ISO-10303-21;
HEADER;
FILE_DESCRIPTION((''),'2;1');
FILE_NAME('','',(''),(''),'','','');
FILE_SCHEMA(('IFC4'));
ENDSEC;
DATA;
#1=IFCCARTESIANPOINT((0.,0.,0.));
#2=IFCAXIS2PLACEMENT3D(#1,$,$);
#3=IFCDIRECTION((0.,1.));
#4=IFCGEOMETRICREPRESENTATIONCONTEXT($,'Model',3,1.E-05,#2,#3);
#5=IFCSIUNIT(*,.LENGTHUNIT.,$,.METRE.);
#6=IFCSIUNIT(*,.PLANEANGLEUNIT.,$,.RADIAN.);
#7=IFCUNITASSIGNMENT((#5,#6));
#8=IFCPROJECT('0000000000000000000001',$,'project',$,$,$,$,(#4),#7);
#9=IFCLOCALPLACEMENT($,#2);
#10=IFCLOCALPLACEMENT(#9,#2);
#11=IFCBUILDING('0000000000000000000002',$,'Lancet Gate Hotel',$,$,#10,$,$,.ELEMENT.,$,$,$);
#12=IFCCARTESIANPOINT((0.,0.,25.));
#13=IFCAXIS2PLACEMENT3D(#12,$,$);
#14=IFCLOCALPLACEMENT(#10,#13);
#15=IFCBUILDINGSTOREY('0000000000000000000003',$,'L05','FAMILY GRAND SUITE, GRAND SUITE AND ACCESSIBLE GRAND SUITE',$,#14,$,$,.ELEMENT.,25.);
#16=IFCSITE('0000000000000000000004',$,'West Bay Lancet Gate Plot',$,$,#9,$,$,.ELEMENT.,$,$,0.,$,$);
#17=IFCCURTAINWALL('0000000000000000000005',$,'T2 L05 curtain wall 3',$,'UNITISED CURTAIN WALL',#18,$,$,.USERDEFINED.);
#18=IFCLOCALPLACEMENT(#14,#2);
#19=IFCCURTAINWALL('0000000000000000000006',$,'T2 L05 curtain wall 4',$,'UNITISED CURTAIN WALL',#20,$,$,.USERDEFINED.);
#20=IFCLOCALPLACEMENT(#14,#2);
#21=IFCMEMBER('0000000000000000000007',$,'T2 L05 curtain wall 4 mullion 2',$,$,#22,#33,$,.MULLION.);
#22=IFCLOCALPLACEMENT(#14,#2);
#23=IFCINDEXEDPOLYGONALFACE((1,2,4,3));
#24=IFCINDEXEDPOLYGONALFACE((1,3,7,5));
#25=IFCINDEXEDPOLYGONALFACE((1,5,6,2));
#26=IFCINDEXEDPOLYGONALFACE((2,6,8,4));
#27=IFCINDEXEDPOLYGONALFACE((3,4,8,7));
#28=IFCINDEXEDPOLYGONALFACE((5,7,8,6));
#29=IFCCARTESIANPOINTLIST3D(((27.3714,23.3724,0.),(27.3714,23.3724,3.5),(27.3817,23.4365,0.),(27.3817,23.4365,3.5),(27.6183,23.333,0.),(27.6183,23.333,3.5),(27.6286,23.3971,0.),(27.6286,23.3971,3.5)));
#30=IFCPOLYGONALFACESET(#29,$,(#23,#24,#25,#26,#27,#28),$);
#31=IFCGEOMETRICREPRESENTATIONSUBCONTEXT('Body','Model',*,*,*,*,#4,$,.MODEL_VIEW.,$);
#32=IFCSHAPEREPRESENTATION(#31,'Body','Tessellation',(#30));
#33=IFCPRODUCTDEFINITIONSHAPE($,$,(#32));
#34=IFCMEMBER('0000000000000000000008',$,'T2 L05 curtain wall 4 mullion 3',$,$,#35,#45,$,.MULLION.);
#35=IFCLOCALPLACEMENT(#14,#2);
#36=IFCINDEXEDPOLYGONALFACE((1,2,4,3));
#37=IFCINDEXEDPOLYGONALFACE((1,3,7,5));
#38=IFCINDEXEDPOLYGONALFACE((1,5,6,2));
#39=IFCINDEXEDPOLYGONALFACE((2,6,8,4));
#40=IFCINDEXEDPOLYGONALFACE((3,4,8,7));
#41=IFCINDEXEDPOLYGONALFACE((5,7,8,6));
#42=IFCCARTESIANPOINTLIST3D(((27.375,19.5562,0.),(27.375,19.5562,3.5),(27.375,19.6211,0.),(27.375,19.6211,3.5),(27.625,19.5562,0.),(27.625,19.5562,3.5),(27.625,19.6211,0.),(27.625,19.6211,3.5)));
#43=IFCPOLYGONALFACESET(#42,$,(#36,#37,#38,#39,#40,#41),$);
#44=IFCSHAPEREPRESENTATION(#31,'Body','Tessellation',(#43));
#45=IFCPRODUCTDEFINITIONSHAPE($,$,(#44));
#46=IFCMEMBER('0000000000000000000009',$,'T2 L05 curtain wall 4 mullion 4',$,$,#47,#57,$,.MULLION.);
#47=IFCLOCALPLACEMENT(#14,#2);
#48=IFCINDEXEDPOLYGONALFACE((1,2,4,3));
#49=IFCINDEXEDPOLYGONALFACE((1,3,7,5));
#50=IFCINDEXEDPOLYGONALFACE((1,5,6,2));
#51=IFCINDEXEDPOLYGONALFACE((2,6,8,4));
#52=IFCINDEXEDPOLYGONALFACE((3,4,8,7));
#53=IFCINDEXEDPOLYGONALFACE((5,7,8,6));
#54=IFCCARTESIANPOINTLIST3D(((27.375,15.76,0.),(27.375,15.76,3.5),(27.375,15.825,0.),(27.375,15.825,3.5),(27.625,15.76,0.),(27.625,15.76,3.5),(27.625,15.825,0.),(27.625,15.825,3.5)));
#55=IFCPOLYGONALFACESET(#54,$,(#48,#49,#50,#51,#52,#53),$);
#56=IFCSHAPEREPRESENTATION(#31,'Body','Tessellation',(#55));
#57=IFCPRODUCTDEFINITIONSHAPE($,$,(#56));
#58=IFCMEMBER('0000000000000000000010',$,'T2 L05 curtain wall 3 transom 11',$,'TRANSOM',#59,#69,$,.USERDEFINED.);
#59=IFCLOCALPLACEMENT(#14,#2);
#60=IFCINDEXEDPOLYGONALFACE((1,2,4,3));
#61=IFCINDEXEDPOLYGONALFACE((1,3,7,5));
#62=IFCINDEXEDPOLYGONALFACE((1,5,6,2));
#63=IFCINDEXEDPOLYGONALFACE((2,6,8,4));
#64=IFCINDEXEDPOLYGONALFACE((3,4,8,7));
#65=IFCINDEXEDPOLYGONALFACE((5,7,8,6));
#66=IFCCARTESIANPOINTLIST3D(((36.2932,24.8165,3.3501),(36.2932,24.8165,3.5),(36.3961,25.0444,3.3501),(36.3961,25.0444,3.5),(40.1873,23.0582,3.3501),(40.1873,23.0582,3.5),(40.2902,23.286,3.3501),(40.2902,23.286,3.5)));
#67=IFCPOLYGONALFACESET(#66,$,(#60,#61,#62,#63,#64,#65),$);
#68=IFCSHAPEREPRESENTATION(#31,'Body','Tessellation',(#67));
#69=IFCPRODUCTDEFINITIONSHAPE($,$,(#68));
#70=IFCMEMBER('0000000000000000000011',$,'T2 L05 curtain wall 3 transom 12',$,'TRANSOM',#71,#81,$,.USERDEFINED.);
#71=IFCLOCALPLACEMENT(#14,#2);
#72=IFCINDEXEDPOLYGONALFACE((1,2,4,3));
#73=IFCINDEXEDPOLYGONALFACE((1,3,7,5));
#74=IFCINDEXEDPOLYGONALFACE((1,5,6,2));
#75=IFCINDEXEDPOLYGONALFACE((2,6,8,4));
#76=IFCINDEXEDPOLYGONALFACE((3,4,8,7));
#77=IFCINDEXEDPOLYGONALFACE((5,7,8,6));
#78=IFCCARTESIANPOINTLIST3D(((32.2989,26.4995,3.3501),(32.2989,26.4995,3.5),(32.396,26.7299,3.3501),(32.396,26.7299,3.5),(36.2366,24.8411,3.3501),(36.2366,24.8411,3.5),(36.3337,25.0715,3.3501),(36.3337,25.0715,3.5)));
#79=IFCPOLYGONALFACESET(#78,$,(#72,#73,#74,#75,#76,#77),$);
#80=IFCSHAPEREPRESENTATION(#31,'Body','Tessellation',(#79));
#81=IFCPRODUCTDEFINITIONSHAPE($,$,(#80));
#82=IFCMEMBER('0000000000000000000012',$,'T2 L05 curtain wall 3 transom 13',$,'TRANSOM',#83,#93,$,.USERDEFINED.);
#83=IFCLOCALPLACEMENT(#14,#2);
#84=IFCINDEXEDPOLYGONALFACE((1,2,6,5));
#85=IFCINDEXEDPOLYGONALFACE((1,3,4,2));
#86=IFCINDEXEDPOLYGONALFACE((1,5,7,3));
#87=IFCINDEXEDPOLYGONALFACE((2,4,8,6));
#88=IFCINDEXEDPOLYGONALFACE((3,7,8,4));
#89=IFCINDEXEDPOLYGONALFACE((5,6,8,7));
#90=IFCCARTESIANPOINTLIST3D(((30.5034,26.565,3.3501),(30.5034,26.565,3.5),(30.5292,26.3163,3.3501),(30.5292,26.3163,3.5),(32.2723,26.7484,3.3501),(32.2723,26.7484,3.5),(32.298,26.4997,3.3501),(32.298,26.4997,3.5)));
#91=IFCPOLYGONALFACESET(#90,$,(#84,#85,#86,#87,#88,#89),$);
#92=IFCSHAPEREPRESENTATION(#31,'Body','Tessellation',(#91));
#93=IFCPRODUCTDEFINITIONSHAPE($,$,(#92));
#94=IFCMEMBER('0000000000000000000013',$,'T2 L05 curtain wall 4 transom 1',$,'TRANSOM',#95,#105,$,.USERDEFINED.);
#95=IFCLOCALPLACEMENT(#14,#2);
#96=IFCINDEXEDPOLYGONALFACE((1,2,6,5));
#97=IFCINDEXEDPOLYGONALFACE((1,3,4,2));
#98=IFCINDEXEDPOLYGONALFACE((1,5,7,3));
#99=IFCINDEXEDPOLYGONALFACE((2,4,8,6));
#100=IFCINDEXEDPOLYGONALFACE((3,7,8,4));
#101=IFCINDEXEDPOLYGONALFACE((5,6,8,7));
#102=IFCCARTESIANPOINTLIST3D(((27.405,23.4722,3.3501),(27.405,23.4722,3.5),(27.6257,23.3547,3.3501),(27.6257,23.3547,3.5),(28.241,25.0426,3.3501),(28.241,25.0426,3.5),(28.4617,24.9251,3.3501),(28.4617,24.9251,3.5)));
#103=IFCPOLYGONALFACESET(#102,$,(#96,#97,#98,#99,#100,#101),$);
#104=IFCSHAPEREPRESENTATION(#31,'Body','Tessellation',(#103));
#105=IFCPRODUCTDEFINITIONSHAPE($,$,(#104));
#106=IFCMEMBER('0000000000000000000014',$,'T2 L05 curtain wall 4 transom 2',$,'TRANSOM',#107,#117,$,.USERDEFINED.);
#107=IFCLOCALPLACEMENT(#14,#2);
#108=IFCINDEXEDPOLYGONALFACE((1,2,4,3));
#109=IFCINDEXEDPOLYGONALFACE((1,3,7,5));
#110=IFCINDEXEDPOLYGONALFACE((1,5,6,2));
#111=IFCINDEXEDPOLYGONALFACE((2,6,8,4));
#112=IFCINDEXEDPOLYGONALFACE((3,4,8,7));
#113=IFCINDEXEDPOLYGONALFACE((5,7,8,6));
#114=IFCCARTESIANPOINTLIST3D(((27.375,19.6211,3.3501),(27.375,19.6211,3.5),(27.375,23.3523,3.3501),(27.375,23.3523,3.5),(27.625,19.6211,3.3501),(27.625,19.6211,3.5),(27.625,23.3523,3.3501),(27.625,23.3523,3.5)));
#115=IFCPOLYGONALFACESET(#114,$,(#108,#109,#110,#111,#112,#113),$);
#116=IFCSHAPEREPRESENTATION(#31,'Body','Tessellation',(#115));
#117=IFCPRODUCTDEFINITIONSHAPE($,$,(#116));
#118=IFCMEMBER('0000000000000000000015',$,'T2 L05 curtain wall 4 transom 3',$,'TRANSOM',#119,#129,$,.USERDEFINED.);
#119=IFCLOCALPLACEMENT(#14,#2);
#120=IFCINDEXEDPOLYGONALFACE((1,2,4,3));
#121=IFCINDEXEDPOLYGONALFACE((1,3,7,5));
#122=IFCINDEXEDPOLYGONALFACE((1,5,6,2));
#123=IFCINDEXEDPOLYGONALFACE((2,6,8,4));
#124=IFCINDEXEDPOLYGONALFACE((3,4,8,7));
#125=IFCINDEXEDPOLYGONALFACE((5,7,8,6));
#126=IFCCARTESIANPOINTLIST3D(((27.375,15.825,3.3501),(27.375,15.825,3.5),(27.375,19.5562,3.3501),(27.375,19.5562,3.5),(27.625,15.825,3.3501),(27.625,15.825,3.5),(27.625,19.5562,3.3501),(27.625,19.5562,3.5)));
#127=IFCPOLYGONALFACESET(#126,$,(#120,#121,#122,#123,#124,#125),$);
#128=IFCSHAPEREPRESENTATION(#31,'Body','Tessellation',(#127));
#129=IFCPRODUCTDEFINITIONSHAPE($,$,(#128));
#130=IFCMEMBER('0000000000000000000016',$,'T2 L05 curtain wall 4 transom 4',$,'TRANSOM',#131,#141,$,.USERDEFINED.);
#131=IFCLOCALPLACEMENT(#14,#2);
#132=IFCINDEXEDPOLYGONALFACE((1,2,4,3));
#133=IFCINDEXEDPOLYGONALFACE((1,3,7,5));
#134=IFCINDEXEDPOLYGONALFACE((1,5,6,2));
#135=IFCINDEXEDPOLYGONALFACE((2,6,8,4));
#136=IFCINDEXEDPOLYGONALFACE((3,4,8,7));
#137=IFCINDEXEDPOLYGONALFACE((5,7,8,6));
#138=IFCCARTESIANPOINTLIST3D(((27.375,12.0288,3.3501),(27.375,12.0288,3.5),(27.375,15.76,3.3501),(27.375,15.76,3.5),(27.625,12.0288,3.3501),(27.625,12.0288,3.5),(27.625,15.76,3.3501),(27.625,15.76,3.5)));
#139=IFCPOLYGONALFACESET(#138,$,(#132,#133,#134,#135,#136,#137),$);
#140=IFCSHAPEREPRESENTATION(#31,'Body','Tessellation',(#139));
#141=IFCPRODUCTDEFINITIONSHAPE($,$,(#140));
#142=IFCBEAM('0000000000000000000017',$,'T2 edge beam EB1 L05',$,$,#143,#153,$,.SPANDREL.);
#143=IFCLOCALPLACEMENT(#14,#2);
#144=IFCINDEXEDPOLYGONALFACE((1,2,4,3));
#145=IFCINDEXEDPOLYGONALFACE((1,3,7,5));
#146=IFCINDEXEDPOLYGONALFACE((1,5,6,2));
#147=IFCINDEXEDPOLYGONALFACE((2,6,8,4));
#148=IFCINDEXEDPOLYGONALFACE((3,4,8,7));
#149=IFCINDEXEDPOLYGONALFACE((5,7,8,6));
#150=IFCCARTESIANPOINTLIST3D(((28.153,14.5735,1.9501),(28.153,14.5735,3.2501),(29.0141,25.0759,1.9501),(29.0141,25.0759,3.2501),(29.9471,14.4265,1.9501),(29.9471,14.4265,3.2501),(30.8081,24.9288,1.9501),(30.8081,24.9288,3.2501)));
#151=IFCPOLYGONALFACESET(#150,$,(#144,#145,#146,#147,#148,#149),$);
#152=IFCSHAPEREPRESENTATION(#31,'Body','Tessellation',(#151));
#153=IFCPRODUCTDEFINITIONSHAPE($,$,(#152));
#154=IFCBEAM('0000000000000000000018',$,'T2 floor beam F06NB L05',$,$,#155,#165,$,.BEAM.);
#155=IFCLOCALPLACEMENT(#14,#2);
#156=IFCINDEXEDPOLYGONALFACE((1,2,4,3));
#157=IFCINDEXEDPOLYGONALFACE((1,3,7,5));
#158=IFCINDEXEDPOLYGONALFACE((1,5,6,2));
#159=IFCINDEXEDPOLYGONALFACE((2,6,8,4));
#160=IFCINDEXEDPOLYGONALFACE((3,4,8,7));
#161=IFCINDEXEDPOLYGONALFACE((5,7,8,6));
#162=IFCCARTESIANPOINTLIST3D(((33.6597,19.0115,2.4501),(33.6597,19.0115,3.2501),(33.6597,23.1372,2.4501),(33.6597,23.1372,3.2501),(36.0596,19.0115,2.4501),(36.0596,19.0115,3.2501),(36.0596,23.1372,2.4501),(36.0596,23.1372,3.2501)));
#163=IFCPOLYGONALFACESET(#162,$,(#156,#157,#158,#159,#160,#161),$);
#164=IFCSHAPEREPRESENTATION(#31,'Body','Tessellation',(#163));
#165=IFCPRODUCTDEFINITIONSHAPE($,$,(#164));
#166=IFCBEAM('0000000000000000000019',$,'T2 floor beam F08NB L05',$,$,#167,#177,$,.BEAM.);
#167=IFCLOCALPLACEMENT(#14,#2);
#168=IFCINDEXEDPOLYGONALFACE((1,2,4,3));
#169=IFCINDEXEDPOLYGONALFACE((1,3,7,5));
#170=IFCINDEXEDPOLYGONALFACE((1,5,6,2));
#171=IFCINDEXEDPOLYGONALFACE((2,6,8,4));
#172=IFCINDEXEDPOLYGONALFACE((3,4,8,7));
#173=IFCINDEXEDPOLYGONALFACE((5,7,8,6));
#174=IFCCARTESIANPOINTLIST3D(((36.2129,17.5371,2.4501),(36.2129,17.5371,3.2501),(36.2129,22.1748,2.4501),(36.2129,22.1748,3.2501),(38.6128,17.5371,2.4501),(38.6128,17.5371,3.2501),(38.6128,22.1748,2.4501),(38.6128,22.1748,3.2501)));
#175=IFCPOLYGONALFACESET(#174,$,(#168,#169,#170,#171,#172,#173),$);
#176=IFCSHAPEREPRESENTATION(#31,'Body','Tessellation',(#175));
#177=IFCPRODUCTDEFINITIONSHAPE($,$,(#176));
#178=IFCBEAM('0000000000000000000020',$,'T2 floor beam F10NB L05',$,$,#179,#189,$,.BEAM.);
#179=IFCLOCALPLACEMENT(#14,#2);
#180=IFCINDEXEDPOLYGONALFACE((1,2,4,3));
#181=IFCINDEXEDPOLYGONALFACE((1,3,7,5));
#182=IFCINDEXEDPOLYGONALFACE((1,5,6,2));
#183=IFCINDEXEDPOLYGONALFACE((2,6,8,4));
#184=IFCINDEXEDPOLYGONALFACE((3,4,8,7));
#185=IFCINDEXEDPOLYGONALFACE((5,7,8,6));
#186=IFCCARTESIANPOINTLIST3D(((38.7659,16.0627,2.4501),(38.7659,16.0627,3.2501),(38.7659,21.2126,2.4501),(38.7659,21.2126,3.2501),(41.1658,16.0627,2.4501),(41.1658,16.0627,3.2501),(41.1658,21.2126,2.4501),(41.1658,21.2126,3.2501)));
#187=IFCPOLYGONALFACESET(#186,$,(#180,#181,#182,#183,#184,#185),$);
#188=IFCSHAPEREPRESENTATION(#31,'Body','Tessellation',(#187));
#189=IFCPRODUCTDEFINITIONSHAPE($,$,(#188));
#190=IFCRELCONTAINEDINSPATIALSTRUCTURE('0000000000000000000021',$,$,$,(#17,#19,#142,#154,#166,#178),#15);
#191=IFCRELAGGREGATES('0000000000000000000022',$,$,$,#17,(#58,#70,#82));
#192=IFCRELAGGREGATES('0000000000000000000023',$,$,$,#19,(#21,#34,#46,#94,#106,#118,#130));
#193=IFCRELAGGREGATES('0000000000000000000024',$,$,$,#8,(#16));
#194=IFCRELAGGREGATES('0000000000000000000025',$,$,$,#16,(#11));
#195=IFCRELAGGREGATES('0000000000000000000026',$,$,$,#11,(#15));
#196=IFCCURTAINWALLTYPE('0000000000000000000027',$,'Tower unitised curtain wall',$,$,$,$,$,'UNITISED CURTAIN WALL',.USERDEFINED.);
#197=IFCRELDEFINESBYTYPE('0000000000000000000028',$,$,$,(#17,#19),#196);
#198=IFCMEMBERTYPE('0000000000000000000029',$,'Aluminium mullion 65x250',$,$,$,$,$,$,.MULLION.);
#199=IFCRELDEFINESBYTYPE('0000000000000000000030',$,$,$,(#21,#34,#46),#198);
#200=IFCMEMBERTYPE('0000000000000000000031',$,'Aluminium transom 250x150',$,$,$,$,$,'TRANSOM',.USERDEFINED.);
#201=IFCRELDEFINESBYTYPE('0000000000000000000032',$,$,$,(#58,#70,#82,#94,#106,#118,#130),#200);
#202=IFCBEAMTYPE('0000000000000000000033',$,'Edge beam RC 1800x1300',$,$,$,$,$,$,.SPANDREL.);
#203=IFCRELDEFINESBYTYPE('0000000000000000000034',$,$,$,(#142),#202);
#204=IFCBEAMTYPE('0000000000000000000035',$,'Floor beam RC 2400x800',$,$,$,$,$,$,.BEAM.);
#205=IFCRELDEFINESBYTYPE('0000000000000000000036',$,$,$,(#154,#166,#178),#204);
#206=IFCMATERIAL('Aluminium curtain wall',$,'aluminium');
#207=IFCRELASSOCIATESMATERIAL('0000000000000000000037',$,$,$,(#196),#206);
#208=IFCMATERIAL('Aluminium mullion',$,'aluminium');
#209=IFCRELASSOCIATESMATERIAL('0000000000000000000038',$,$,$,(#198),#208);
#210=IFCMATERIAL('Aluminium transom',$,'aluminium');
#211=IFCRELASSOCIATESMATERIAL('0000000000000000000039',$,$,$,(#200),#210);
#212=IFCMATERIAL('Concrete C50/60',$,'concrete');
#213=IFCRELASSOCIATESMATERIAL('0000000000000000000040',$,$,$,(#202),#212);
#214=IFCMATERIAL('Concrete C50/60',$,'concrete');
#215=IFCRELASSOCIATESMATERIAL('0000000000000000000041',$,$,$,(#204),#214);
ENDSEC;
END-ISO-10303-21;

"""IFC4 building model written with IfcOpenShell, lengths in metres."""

from ifc_helpers import new_model, si_unit, direction, frame, origin, origin_2d, place, context, subcontext, project, spatial, rectangle, extrude, material, material_profile, profile_set, type_object, element, aggregate, save


model = new_model("IFC4")

# Units and contexts
model_context = context("Model", 3, precision=1e-05, world=origin(), true_north=direction((0.0, 1.0)))
body_context = subcontext(model_context, "Body", "Model", "MODEL_VIEW")
ifc_project = project(units=[si_unit("LENGTHUNIT", "METRE"), si_unit("PLANEANGLEUNIT", "RADIAN")], contexts=[model_context])

# Site, building, storey
site_placement = place(None, origin())
site = spatial("IfcSite", under=ifc_project, at=site_placement, Name="West Bay Lancet Gate Plot", CompositionType="ELEMENT", RefElevation=0.0)
building_placement = place(site_placement, origin())
building = spatial("IfcBuilding", under=site, at=building_placement, Name="Lancet Gate Hotel", CompositionType="ELEMENT")
storey_placement = place(building_placement, frame((0.0, 0.0, 25.0)))
storey = spatial("IfcBuildingStorey", under=building, at=storey_placement, Name="L05", Description="FAMILY GRAND SUITE, GRAND SUITE AND ACCESSIBLE GRAND SUITE", CompositionType="ELEMENT", Elevation=25.0)

# Curtain walls, members
ifc_material_1 = material(Name="Aluminium curtain wall", Category="aluminium")
curtain_wall_type = type_object("IfcCurtainWallType", Name="Tower unitised curtain wall", ElementType="UNITISED CURTAIN WALL", PredefinedType="USERDEFINED", material=ifc_material_1)
curtain_wall_1_placement = place(storey_placement, origin())
curtain_wall_1 = element("IfcCurtainWall", 1, at=curtain_wall_1_placement, inside=storey, type_object=curtain_wall_type, Name="T2 L05 curtain wall 3", ObjectType="UNITISED CURTAIN WALL", PredefinedType="USERDEFINED")
ifc_material_2 = material(Name="Aluminium mullion", Category="aluminium")
ifc_material_profile_1 = material_profile(ifc_material_2, rectangle(XDim=0.0649, YDim=0.25, at=origin_2d()), Name="MULLION 65x250")
ifc_profile_set_1 = profile_set([ifc_material_profile_1], Name="Aluminium mullion")
member_type_1 = type_object("IfcMemberType", Name="Aluminium mullion 65x250", PredefinedType="MULLION", material=ifc_profile_set_1)
curtain_wall_2_placement = place(storey_placement, origin())
curtain_wall_2 = element("IfcCurtainWall", 2, at=curtain_wall_2_placement, inside=storey, type_object=curtain_wall_type, Name="T2 L05 curtain wall 4", ObjectType="UNITISED CURTAIN WALL", PredefinedType="USERDEFINED")
member_1_placement = place(storey_placement, frame((27.5, 23.3848, 0.0), z_axis=(0.0, 0.0, 1.0), x_axis=(-0.157752, -0.987479, 0.0)))
member_1 = element("IfcMember", 3, at=member_1_placement, type_object=member_type_1, Name="T2 L05 curtain wall 4 mullion 2", PredefinedType="MULLION", context=body_context, shape_type="SweptSolid", body=[
    extrude(rectangle(XDim=0.0649, YDim=0.25, at=origin_2d()), origin(), (0.0, 0.0, 1.0), 3.5),
])
member_2_placement = place(storey_placement, frame((27.5, 19.5886, 0.0), z_axis=(0.0, 0.0, 1.0), x_axis=(0.0, -1.0, 0.0)))
member_2 = element("IfcMember", 4, at=member_2_placement, type_object=member_type_1, Name="T2 L05 curtain wall 4 mullion 3", PredefinedType="MULLION", context=body_context, shape_type="SweptSolid", body=[
    extrude(rectangle(XDim=0.0649, YDim=0.25, at=origin_2d()), origin(), (0.0, 0.0, 1.0), 3.5),
])
member_3_placement = place(storey_placement, frame((27.5, 15.7925, 0.0), z_axis=(0.0, 0.0, 1.0), x_axis=(0.0, -1.0, 0.0)))
member_3 = element("IfcMember", 5, at=member_3_placement, type_object=member_type_1, Name="T2 L05 curtain wall 4 mullion 4", PredefinedType="MULLION", context=body_context, shape_type="SweptSolid", body=[
    extrude(rectangle(XDim=0.0649, YDim=0.25, at=origin_2d()), origin(), (0.0, 0.0, 1.0), 3.5),
])

# Members
ifc_material_3 = material(Name="Aluminium transom", Category="aluminium")
ifc_material_profile_2 = material_profile(ifc_material_3, rectangle(XDim=0.25, YDim=0.1499, at=origin_2d()), Name="TRANSOM 250x150")
ifc_profile_set_2 = profile_set([ifc_material_profile_2], Name="Aluminium transom")
member_type_2 = type_object("IfcMemberType", Name="Aluminium transom 250x150", ElementType="TRANSOM", PredefinedType="USERDEFINED", material=ifc_profile_set_2)
member_4_placement = place(storey_placement, frame((40.2388, 23.1721, 3.425), z_axis=(-0.911397, 0.411529, 0.0), x_axis=(-0.411529, -0.911397, 0.0)))
member_4 = element("IfcMember", 6, at=member_4_placement, type_object=member_type_2, Name="T2 L05 curtain wall 3 transom 11", ObjectType="TRANSOM", PredefinedType="USERDEFINED", context=body_context, shape_type="SweptSolid", body=[
    extrude(rectangle(XDim=0.25, YDim=0.1499, at=origin_2d()), origin(), (0.0, 0.0, 1.0), 4.2727),
])
member_5_placement = place(storey_placement, frame((36.2852, 24.9563, 3.425), z_axis=(-0.921598, 0.388146, 0.0), x_axis=(-0.388146, -0.921598, 0.0)))
member_5 = element("IfcMember", 7, at=member_5_placement, type_object=member_type_2, Name="T2 L05 curtain wall 3 transom 12", ObjectType="TRANSOM", PredefinedType="USERDEFINED", context=body_context, shape_type="SweptSolid", body=[
    extrude(rectangle(XDim=0.25, YDim=0.1499, at=origin_2d()), origin(), (0.0, 0.0, 1.0), 4.2727),
])
member_6_placement = place(storey_placement, frame((32.2852, 26.624, 3.425), z_axis=(-0.99467, -0.103105, 0.0), x_axis=(0.103105, -0.99467, 0.0)))
member_6 = element("IfcMember", 8, at=member_6_placement, type_object=member_type_2, Name="T2 L05 curtain wall 3 transom 13", ObjectType="TRANSOM", PredefinedType="USERDEFINED", context=body_context, shape_type="SweptSolid", body=[
    extrude(rectangle(XDim=0.25, YDim=0.1499, at=origin_2d()), origin(), (0.0, 0.0, 1.0), 1.7783),
])
member_7_placement = place(storey_placement, frame((28.3513, 24.9839, 3.425), z_axis=(-0.469904, -0.882717, 0.0), x_axis=(0.882717, -0.469904, 0.0)))
member_7 = element("IfcMember", 9, at=member_7_placement, type_object=member_type_2, Name="T2 L05 curtain wall 4 transom 1", ObjectType="TRANSOM", PredefinedType="USERDEFINED", context=body_context, shape_type="SweptSolid", body=[
    extrude(rectangle(XDim=0.25, YDim=0.1499, at=origin_2d()), origin(), (0.0, 0.0, 1.0), 1.7791),
])
member_8_placement = place(storey_placement, frame((27.5, 23.3523, 3.425), z_axis=(0.0, -1.0, 0.0), x_axis=(1.0, 0.0, 0.0)))
member_8 = element("IfcMember", 10, at=member_8_placement, type_object=member_type_2, Name="T2 L05 curtain wall 4 transom 2", ObjectType="TRANSOM", PredefinedType="USERDEFINED", context=body_context, shape_type="SweptSolid", body=[
    extrude(rectangle(XDim=0.25, YDim=0.1499, at=origin_2d()), origin(), (0.0, 0.0, 1.0), 3.7312),
])
member_9_placement = place(storey_placement, frame((27.5, 19.5562, 3.425), z_axis=(0.0, -1.0, 0.0), x_axis=(1.0, 0.0, 0.0)))
member_9 = element("IfcMember", 11, at=member_9_placement, type_object=member_type_2, Name="T2 L05 curtain wall 4 transom 3", ObjectType="TRANSOM", PredefinedType="USERDEFINED", context=body_context, shape_type="SweptSolid", body=[
    extrude(rectangle(XDim=0.25, YDim=0.1499, at=origin_2d()), origin(), (0.0, 0.0, 1.0), 3.7312),
])
member_10_placement = place(storey_placement, frame((27.5, 15.76, 3.425), z_axis=(0.0, -1.0, 0.0), x_axis=(1.0, 0.0, 0.0)))
member_10 = element("IfcMember", 12, at=member_10_placement, type_object=member_type_2, Name="T2 L05 curtain wall 4 transom 4", ObjectType="TRANSOM", PredefinedType="USERDEFINED", context=body_context, shape_type="SweptSolid", body=[
    extrude(rectangle(XDim=0.25, YDim=0.1499, at=origin_2d()), origin(), (0.0, 0.0, 1.0), 3.7312),
])

# Beams
ifc_material_4 = material(Name="Concrete C50/60", Category="concrete")
ifc_material_profile_3 = material_profile(ifc_material_4, rectangle(XDim=1.8, YDim=1.3, at=origin_2d()), Name="RC 1800x1300")
ifc_profile_set_3 = profile_set([ifc_material_profile_3], Name="Concrete C50/60")
beam_type_1 = type_object("IfcBeamType", Name="Edge beam RC 1800x1300", PredefinedType="SPANDREL", material=ifc_profile_set_3)
beam_1_placement = place(storey_placement, frame((29.05, 14.5, 2.6001), z_axis=(0.081715, 0.996656, 0.0), x_axis=(-0.996656, 0.081715, 0.0)))
element("IfcBeam", 13, at=beam_1_placement, inside=storey, type_object=beam_type_1, Name="T2 edge beam EB1 L05", PredefinedType="SPANDREL", context=body_context, shape_type="SweptSolid", body=[
    extrude(rectangle(XDim=1.8, YDim=1.3, at=origin_2d()), origin(), (0.0, 0.0, 1.0), 10.5376),
])
ifc_material_5 = material(Name="Concrete C50/60", Category="concrete")
ifc_material_profile_4 = material_profile(ifc_material_5, rectangle(XDim=2.3999, YDim=0.8, at=origin_2d()), Name="RC 2400x800")
ifc_profile_set_4 = profile_set([ifc_material_profile_4], Name="Concrete C50/60")
beam_type_2 = type_object("IfcBeamType", Name="Floor beam RC 2400x800", PredefinedType="BEAM", material=ifc_profile_set_4)
beam_2_placement = place(storey_placement, frame((34.8596, 19.0115, 2.8501), z_axis=(0.0, 1.0, 0.0), x_axis=(-1.0, 0.0, 0.0)))
element("IfcBeam", 14, at=beam_2_placement, inside=storey, type_object=beam_type_2, Name="T2 floor beam F06NB L05", PredefinedType="BEAM", context=body_context, shape_type="SweptSolid", body=[
    extrude(rectangle(XDim=2.3999, YDim=0.8, at=origin_2d()), origin(), (0.0, 0.0, 1.0), 4.1257),
])
beam_3_placement = place(storey_placement, frame((37.4128, 17.5371, 2.8501), z_axis=(0.0, 1.0, 0.0), x_axis=(-1.0, 0.0, 0.0)))
element("IfcBeam", 15, at=beam_3_placement, inside=storey, type_object=beam_type_2, Name="T2 floor beam F08NB L05", PredefinedType="BEAM", context=body_context, shape_type="SweptSolid", body=[
    extrude(rectangle(XDim=2.3999, YDim=0.8, at=origin_2d()), origin(), (0.0, 0.0, 1.0), 4.6377),
])
beam_4_placement = place(storey_placement, frame((39.9658, 16.0627, 2.8501), z_axis=(0.0, 1.0, 0.0), x_axis=(-1.0, 0.0, 0.0)))
element("IfcBeam", 16, at=beam_4_placement, inside=storey, type_object=beam_type_2, Name="T2 floor beam F10NB L05", PredefinedType="BEAM", context=body_context, shape_type="SweptSolid", body=[
    extrude(rectangle(XDim=2.3999, YDim=0.8, at=origin_2d()), origin(), (0.0, 0.0, 1.0), 5.1499),
])

aggregate(curtain_wall_1, [member_4, member_5, member_6])
aggregate(curtain_wall_2, [member_1, member_2, member_3, member_7, member_8, member_9, member_10])

save(model, "model.ifc")
